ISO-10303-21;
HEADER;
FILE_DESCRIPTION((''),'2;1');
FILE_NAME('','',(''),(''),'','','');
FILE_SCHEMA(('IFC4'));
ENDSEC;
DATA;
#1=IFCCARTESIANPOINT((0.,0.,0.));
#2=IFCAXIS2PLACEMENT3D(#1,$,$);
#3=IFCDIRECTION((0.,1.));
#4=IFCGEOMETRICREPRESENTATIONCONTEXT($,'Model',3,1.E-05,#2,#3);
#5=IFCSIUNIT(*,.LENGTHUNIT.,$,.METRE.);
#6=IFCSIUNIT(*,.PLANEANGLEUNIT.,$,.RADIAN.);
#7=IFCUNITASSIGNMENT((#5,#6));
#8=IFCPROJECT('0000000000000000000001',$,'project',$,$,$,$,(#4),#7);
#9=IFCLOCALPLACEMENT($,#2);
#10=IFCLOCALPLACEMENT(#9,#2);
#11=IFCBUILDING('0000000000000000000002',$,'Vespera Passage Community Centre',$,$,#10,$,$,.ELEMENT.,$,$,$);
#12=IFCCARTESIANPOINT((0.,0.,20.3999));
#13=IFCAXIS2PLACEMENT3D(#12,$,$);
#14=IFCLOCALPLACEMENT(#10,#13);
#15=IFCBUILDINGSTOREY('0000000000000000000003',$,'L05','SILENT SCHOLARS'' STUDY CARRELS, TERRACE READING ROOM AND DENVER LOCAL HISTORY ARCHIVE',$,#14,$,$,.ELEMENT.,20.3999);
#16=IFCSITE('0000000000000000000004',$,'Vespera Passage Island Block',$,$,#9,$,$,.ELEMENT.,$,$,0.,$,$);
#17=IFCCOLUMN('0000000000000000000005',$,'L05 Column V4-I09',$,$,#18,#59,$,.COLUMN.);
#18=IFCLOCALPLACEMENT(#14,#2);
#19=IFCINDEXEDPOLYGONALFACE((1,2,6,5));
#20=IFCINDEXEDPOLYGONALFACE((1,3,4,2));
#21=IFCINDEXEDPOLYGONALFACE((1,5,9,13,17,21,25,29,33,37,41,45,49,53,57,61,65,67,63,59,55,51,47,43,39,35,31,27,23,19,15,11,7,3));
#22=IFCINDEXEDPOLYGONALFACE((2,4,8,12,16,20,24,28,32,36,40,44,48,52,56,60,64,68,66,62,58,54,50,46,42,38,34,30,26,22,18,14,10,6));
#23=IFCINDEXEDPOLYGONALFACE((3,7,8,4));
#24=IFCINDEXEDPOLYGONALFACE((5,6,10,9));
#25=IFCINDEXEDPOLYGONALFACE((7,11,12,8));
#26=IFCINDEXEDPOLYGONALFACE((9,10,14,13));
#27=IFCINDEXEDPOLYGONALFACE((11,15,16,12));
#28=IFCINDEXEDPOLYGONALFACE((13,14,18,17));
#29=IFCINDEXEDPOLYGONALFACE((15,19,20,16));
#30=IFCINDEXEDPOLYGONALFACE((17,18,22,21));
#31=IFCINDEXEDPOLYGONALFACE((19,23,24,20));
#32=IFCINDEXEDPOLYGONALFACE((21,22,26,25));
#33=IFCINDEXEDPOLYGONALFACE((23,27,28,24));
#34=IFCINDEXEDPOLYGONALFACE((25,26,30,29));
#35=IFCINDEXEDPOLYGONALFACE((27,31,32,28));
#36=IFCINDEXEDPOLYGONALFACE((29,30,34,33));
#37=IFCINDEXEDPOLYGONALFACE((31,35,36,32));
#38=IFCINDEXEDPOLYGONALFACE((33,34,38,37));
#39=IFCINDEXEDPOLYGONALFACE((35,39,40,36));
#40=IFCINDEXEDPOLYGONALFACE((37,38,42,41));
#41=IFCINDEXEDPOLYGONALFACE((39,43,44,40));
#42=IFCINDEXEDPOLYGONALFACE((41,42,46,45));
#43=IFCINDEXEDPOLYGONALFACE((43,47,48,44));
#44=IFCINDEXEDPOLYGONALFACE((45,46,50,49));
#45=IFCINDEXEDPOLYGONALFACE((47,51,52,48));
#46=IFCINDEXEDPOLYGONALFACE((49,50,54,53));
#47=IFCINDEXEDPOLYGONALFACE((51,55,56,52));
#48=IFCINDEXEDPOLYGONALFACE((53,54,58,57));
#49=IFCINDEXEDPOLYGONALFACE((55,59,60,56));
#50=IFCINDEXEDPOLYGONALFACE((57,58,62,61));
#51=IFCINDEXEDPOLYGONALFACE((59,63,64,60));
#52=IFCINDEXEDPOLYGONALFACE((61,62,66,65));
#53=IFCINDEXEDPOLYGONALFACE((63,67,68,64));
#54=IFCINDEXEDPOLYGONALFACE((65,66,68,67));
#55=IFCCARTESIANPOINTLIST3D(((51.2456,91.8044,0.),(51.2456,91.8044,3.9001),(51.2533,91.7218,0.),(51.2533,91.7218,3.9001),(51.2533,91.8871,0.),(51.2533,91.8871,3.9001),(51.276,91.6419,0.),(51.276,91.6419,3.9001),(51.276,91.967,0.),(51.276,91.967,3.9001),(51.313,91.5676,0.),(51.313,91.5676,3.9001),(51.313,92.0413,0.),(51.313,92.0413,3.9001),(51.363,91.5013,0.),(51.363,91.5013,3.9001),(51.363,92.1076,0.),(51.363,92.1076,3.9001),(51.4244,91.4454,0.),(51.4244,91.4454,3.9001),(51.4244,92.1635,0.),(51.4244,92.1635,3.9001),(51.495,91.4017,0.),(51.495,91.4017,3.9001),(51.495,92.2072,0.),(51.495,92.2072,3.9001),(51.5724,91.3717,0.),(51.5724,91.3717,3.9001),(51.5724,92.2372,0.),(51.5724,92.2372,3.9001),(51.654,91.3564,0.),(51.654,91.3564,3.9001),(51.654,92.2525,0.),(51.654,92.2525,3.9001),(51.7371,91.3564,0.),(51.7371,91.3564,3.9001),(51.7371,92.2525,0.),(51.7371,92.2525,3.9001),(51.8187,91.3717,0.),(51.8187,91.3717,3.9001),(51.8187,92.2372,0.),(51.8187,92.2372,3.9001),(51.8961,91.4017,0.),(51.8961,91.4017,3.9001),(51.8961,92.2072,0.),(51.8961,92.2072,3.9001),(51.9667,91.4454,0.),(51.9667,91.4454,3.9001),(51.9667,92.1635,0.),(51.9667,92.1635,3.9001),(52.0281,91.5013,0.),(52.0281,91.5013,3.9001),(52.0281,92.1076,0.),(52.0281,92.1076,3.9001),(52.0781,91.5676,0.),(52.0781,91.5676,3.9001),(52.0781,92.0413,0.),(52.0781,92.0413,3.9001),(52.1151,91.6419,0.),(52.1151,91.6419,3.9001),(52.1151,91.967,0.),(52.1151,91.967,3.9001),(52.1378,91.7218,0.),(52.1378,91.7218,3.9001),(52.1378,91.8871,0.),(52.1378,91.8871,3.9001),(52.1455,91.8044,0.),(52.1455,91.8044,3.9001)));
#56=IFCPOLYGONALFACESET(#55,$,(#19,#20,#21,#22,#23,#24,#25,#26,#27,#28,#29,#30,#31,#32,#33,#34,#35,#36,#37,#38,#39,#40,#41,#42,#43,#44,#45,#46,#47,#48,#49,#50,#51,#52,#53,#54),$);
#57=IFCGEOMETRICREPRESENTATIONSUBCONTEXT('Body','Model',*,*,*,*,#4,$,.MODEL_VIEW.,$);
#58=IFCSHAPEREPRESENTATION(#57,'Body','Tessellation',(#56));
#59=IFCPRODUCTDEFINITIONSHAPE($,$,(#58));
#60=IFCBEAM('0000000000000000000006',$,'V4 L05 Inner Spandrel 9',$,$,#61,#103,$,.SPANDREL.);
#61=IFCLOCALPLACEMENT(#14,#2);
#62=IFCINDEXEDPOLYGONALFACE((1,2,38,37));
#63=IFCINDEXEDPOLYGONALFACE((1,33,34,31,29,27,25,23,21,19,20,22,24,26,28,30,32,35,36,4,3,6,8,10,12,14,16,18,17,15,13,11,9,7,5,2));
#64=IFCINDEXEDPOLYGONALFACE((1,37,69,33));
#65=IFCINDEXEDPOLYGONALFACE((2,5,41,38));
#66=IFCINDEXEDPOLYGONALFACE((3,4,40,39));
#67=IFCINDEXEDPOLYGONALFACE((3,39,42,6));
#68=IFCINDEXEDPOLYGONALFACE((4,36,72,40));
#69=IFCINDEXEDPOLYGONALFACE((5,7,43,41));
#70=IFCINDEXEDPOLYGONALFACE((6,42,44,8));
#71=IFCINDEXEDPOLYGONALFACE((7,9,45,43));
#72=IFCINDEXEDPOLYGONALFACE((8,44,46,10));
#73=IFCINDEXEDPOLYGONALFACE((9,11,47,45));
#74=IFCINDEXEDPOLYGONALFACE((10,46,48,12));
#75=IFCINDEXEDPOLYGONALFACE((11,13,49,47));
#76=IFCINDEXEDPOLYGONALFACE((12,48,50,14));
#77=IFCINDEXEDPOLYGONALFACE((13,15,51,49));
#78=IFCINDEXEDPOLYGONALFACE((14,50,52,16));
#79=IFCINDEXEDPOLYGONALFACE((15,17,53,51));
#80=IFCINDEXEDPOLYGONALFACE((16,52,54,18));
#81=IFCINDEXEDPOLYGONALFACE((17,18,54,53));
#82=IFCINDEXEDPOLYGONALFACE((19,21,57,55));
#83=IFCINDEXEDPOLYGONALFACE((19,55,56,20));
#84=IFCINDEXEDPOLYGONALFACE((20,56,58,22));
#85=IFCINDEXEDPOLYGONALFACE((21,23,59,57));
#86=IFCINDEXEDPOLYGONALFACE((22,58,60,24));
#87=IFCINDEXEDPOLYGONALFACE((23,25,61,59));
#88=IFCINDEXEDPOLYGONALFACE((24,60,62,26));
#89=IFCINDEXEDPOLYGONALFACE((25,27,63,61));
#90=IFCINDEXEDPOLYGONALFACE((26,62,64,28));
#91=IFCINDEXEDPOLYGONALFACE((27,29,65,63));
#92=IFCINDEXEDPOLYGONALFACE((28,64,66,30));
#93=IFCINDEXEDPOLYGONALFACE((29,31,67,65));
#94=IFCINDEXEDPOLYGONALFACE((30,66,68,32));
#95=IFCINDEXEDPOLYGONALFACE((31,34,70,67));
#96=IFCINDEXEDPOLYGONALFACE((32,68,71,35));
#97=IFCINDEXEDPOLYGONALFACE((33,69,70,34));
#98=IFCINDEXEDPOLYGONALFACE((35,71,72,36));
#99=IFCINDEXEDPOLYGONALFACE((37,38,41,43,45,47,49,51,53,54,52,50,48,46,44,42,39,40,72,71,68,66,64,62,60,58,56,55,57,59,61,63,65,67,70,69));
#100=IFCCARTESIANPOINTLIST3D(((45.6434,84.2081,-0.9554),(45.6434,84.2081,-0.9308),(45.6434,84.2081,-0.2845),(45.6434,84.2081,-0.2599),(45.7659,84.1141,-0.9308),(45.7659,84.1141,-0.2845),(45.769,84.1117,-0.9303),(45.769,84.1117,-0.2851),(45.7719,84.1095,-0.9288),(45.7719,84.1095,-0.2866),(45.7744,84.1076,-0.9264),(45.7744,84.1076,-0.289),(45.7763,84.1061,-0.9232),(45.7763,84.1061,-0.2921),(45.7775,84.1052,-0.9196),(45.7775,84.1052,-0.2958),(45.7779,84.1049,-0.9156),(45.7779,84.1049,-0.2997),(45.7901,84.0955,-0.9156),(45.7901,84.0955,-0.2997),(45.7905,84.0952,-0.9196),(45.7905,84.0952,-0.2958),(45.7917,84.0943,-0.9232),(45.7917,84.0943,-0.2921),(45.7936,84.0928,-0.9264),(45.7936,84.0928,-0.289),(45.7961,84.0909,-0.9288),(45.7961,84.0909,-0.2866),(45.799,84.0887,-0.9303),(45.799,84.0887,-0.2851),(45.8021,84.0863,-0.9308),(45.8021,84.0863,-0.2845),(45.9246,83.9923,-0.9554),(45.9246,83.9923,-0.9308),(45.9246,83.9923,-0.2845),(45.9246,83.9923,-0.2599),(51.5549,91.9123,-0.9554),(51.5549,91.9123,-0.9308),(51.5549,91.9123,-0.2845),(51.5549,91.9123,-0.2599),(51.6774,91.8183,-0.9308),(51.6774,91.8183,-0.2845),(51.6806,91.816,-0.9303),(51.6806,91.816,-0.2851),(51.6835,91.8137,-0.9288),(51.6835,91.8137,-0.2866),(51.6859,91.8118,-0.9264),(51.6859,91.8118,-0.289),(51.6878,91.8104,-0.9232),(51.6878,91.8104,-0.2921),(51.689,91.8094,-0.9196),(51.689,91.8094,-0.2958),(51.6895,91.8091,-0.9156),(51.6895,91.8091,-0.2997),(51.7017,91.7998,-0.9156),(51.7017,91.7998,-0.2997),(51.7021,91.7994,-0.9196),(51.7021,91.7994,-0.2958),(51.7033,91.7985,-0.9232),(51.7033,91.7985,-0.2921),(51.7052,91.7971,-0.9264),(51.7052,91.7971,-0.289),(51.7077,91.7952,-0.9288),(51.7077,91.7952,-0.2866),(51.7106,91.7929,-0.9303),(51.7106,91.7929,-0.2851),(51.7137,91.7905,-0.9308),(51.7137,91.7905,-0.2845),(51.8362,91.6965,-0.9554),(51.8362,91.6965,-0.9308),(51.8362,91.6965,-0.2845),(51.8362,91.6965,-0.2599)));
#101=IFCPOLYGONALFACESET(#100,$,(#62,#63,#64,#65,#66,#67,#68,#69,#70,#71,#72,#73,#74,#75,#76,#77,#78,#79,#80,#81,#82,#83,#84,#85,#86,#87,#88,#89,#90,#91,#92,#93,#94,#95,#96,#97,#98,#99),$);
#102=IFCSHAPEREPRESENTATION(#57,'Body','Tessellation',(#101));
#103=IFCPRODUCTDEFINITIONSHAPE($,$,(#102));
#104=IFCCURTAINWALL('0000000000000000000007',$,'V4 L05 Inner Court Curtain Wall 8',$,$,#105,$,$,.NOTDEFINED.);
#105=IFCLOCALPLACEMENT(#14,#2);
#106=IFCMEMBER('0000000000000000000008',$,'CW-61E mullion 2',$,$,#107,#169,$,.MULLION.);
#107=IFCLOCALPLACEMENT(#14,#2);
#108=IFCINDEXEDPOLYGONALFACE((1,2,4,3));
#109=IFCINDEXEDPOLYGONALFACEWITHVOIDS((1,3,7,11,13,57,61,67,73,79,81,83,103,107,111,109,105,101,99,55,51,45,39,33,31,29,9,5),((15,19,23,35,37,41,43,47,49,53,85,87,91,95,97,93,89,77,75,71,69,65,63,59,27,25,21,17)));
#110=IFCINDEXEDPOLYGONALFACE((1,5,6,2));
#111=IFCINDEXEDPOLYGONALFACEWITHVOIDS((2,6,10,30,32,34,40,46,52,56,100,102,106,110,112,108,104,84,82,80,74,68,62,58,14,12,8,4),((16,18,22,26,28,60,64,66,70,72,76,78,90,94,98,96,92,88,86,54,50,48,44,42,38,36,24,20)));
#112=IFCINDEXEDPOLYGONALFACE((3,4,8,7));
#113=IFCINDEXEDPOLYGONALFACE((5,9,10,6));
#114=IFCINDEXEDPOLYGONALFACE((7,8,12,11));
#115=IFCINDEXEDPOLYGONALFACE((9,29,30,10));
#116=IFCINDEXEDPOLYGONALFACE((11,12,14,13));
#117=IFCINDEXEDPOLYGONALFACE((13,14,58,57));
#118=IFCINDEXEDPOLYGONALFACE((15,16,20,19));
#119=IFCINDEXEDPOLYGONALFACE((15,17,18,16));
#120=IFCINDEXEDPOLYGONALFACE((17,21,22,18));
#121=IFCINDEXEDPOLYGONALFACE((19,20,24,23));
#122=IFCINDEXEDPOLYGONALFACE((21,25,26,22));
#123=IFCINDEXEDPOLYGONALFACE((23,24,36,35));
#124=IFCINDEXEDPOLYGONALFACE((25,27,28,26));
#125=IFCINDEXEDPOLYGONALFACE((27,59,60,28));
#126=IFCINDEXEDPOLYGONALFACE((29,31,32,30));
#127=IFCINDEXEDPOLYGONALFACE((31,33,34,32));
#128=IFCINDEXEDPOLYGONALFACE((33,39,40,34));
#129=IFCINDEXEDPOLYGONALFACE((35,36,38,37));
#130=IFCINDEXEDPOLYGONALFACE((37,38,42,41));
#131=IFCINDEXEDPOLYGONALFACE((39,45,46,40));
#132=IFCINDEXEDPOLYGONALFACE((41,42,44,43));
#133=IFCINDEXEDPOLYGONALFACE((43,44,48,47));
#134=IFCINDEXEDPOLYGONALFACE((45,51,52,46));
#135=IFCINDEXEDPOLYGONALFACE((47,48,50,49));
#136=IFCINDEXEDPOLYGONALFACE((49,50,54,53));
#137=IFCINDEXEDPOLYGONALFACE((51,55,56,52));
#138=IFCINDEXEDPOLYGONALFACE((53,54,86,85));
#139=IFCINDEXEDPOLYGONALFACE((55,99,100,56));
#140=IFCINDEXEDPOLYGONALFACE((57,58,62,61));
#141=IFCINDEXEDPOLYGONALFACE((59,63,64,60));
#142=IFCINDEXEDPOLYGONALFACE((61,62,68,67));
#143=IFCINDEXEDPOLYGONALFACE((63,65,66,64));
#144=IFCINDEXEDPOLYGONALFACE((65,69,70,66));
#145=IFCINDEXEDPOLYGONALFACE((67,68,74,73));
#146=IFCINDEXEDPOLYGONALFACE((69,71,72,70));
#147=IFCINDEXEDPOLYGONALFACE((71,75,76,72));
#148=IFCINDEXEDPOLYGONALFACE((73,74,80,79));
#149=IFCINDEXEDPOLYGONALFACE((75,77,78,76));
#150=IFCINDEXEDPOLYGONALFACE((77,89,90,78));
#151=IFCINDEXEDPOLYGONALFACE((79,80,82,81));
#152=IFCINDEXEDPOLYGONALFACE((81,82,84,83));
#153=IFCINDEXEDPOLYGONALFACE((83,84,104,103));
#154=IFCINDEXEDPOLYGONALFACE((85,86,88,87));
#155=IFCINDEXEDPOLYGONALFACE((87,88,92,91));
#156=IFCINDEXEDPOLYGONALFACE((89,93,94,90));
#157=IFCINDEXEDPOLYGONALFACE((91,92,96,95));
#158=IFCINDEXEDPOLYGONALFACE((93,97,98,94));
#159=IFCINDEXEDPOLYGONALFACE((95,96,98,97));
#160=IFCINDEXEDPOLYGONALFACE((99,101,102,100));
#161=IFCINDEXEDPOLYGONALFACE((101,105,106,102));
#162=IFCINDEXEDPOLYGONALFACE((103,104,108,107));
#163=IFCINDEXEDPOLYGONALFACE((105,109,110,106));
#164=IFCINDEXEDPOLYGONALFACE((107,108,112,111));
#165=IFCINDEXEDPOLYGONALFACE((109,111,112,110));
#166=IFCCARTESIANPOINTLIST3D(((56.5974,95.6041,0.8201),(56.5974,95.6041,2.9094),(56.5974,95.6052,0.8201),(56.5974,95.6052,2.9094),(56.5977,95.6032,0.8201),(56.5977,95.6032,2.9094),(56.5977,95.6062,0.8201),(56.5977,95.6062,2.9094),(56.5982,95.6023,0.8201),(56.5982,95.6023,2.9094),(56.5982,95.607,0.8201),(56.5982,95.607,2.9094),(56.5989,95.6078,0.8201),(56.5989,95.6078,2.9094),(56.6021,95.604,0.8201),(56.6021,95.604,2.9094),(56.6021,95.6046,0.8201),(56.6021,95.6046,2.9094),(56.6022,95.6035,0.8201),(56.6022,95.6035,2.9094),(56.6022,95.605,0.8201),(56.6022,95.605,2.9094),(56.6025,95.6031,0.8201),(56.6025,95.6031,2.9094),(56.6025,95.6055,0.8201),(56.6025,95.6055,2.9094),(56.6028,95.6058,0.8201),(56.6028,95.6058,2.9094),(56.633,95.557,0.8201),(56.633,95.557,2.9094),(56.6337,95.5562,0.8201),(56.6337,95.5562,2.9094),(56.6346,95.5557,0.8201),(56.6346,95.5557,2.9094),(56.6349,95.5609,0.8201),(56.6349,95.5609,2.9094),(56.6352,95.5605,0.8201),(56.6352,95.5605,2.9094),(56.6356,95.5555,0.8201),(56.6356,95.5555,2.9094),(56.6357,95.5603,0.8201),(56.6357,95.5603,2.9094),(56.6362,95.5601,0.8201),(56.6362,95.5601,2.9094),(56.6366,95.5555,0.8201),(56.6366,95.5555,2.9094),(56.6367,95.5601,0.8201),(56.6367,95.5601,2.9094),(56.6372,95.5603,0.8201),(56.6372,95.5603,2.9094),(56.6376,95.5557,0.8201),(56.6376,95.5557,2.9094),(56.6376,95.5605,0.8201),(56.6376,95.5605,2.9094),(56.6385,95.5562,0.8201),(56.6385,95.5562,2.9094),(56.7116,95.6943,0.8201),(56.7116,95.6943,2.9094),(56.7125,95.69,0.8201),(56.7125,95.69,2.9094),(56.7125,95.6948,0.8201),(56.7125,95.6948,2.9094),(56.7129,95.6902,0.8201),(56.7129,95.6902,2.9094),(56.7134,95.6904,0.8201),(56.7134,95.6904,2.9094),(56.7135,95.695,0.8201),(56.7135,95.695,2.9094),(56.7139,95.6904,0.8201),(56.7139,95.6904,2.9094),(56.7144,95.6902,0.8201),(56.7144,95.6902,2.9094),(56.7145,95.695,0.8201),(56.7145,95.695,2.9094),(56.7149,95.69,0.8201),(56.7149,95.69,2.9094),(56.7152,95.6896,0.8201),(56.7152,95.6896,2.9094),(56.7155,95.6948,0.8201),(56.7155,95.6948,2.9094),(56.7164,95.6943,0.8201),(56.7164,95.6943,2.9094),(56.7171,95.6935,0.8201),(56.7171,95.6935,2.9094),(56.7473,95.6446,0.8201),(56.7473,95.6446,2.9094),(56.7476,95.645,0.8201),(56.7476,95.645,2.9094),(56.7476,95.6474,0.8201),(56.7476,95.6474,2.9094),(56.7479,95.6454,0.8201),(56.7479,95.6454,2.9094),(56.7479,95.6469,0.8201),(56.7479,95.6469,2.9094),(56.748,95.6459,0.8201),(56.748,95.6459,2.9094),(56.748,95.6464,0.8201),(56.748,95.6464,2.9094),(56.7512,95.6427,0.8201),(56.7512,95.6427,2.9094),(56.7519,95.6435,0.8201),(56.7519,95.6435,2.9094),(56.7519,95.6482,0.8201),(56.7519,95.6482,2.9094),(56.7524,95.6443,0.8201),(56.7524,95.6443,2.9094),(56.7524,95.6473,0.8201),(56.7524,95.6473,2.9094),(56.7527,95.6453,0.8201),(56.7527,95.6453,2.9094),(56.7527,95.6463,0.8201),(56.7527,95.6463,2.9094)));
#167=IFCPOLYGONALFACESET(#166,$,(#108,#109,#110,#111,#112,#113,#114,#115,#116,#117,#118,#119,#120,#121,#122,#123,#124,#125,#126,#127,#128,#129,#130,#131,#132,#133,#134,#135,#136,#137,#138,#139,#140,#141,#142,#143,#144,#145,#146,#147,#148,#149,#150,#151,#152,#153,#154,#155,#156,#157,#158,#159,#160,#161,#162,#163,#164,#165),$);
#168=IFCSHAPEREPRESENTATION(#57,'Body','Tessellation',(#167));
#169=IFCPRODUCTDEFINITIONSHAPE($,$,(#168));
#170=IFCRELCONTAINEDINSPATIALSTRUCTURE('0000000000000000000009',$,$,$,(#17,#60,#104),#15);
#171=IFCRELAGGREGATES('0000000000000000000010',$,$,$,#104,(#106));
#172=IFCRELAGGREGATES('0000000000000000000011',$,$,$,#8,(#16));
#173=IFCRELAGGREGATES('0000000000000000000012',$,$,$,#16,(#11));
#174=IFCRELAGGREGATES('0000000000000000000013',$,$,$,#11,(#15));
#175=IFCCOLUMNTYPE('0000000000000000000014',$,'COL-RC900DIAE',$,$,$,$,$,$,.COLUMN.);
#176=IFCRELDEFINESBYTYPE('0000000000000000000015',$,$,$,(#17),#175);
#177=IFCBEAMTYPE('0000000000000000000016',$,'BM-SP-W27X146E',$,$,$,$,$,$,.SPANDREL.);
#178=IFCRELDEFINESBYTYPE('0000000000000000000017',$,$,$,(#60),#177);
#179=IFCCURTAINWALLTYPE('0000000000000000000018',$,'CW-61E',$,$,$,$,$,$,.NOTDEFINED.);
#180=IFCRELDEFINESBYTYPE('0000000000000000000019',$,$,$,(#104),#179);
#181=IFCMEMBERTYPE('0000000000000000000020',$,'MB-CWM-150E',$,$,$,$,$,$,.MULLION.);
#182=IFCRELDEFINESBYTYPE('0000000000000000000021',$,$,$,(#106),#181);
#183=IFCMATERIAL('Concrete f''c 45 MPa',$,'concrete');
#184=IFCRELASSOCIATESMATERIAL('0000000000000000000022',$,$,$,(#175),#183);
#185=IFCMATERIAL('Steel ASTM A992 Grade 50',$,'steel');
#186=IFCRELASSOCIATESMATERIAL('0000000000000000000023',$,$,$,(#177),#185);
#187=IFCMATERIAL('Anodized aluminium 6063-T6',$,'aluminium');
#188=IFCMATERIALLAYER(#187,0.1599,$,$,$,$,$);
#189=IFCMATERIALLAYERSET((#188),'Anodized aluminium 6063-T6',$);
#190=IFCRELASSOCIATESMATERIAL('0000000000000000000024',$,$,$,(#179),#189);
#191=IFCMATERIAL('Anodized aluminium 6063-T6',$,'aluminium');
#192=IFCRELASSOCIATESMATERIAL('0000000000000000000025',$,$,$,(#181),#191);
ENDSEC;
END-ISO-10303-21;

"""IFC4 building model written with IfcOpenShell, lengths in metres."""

from ifc_helpers import new_model, si_unit, direction, frame, origin, origin_2d, place, context, subcontext, project, spatial, hollow_rectangle, circle, i_section, extrude, material, layer, layer_set, material_profile, profile_set, type_object, element, aggregate, save


model = new_model("IFC4")

# Units and contexts
model_context = context("Model", 3, precision=1e-05, world=origin(), true_north=direction((0.0, 1.0)))
body_context = subcontext(model_context, "Body", "Model", "MODEL_VIEW")
ifc_project = project(units=[si_unit("LENGTHUNIT", "METRE"), si_unit("PLANEANGLEUNIT", "RADIAN")], contexts=[model_context])

# Site, building, storey
site_placement = place(None, origin())
site = spatial("IfcSite", under=ifc_project, at=site_placement, Name="Vespera Passage Island Block", CompositionType="ELEMENT", RefElevation=0.0)
building_placement = place(site_placement, origin())
building = spatial("IfcBuilding", under=site, at=building_placement, Name="Vespera Passage Community Centre", CompositionType="ELEMENT")
storey_placement = place(building_placement, frame((0.0, 0.0, 20.3999)))
storey = spatial("IfcBuildingStorey", under=building, at=storey_placement, Name="L05", Description="SILENT SCHOLARS' STUDY CARRELS, TERRACE READING ROOM AND DENVER LOCAL HISTORY ARCHIVE", CompositionType="ELEMENT", Elevation=20.3999)

# Column
ifc_material_1 = material(Name="Concrete f'c 45 MPa", Category="concrete")
ifc_material_profile_1 = material_profile(ifc_material_1, circle(Radius=0.45, at=origin_2d()), Name="RC900DIA")
ifc_profile_set_1 = profile_set([ifc_material_profile_1], Name="Concrete f'c 45 MPa")
column_type = type_object("IfcColumnType", Name="COL-RC900DIAE", PredefinedType="COLUMN", material=ifc_profile_set_1)
column_placement = place(storey_placement, frame((51.6956, 91.8044, 0.0), z_axis=(0.0, 0.0, 1.0), x_axis=(1.0, 0.0, 0.0)))
element("IfcColumn", 1, at=column_placement, inside=storey, type_object=column_type, Name="L05 Column V4-I09", PredefinedType="COLUMN", context=body_context, shape_type="SweptSolid", body=[
    extrude(circle(Radius=0.45, at=origin_2d()), origin(), (0.0, 0.0, 1.0), 3.9001),
])

# Beam
ifc_material_2 = material(Name="Steel ASTM A992 Grade 50", Category="steel")
ifc_material_profile_2 = material_profile(ifc_material_2, i_section(OverallWidth=0.3545, OverallDepth=0.6956, WebThickness=0.0154, FlangeThickness=0.0247, FilletRadius=0.0151, at=origin_2d()), Name="W27X146")
ifc_profile_set_2 = profile_set([ifc_material_profile_2], Name="Steel ASTM A992 Grade 50")
beam_type = type_object("IfcBeamType", Name="BM-SP-W27X146E", PredefinedType="SPANDREL", material=ifc_profile_set_2)
beam_placement = place(storey_placement, frame((51.6956, 91.8044, -0.6077), z_axis=(-0.608753, -0.79336, 0.0), x_axis=(0.79336, -0.608753, 0.0)))
element("IfcBeam", 2, at=beam_placement, inside=storey, type_object=beam_type, Name="V4 L05 Inner Spandrel 9", PredefinedType="SPANDREL", context=body_context, shape_type="SweptSolid", body=[
    extrude(i_section(OverallWidth=0.3545, OverallDepth=0.6956, WebThickness=0.0154, FlangeThickness=0.0247, FilletRadius=0.0151, at=origin_2d()), origin(), (0.0, 0.0, 1.0), 9.7109),
])

# Curtain wall, member
ifc_material_3 = material(Name="Anodized aluminium 6063-T6", Category="aluminium")
ifc_layer_1 = layer(ifc_material_3, 0.1599)
ifc_layer_set_1 = layer_set([ifc_layer_1], Name="Anodized aluminium 6063-T6")
curtain_wall_type_1 = type_object("IfcCurtainWallType", Name="CW-61E", PredefinedType="NOTDEFINED", material=ifc_layer_set_1)
curtain_wall_1_placement = place(storey_placement, origin())
curtain_wall_1 = element("IfcCurtainWall", 3, at=curtain_wall_1_placement, inside=storey, type_object=curtain_wall_type_1, Name="V4 L05 Inner Court Curtain Wall 8", PredefinedType="NOTDEFINED")
ifc_material_4 = material(Name="Anodized aluminium 6063-T6", Category="aluminium")
ifc_material_profile_3 = material_profile(ifc_material_4, hollow_rectangle(XDim=0.0649, YDim=0.1499, WallThickness=0.0039, InnerFilletRadius=0.002, OuterFilletRadius=0.0039, at=origin_2d()), Name="ALU150X65X4")
ifc_profile_set_3 = profile_set([ifc_material_profile_3], Name="Anodized aluminium 6063-T6")
member_type_1 = type_object("IfcMemberType", Name="MB-CWM-150E", PredefinedType="MULLION", material=ifc_profile_set_3)
member_1_placement = place(storey_placement, frame((56.675, 95.6252, 0.8201), z_axis=(0.0, 0.0, 1.0), x_axis=(0.608755, -0.793358, 0.0)))
member_1 = element("IfcMember", 4, at=member_1_placement, type_object=member_type_1, Name="CW-61E mullion 2", PredefinedType="MULLION", context=body_context, shape_type="SweptSolid", body=[
    extrude(hollow_rectangle(XDim=0.0649, YDim=0.1499, WallThickness=0.0039, InnerFilletRadius=0.002, OuterFilletRadius=0.0039, at=origin_2d()), origin(), (0.0, 0.0, 1.0), 2.0894),
])

aggregate(curtain_wall_1, [member_1])

save(model, "model.ifc")
